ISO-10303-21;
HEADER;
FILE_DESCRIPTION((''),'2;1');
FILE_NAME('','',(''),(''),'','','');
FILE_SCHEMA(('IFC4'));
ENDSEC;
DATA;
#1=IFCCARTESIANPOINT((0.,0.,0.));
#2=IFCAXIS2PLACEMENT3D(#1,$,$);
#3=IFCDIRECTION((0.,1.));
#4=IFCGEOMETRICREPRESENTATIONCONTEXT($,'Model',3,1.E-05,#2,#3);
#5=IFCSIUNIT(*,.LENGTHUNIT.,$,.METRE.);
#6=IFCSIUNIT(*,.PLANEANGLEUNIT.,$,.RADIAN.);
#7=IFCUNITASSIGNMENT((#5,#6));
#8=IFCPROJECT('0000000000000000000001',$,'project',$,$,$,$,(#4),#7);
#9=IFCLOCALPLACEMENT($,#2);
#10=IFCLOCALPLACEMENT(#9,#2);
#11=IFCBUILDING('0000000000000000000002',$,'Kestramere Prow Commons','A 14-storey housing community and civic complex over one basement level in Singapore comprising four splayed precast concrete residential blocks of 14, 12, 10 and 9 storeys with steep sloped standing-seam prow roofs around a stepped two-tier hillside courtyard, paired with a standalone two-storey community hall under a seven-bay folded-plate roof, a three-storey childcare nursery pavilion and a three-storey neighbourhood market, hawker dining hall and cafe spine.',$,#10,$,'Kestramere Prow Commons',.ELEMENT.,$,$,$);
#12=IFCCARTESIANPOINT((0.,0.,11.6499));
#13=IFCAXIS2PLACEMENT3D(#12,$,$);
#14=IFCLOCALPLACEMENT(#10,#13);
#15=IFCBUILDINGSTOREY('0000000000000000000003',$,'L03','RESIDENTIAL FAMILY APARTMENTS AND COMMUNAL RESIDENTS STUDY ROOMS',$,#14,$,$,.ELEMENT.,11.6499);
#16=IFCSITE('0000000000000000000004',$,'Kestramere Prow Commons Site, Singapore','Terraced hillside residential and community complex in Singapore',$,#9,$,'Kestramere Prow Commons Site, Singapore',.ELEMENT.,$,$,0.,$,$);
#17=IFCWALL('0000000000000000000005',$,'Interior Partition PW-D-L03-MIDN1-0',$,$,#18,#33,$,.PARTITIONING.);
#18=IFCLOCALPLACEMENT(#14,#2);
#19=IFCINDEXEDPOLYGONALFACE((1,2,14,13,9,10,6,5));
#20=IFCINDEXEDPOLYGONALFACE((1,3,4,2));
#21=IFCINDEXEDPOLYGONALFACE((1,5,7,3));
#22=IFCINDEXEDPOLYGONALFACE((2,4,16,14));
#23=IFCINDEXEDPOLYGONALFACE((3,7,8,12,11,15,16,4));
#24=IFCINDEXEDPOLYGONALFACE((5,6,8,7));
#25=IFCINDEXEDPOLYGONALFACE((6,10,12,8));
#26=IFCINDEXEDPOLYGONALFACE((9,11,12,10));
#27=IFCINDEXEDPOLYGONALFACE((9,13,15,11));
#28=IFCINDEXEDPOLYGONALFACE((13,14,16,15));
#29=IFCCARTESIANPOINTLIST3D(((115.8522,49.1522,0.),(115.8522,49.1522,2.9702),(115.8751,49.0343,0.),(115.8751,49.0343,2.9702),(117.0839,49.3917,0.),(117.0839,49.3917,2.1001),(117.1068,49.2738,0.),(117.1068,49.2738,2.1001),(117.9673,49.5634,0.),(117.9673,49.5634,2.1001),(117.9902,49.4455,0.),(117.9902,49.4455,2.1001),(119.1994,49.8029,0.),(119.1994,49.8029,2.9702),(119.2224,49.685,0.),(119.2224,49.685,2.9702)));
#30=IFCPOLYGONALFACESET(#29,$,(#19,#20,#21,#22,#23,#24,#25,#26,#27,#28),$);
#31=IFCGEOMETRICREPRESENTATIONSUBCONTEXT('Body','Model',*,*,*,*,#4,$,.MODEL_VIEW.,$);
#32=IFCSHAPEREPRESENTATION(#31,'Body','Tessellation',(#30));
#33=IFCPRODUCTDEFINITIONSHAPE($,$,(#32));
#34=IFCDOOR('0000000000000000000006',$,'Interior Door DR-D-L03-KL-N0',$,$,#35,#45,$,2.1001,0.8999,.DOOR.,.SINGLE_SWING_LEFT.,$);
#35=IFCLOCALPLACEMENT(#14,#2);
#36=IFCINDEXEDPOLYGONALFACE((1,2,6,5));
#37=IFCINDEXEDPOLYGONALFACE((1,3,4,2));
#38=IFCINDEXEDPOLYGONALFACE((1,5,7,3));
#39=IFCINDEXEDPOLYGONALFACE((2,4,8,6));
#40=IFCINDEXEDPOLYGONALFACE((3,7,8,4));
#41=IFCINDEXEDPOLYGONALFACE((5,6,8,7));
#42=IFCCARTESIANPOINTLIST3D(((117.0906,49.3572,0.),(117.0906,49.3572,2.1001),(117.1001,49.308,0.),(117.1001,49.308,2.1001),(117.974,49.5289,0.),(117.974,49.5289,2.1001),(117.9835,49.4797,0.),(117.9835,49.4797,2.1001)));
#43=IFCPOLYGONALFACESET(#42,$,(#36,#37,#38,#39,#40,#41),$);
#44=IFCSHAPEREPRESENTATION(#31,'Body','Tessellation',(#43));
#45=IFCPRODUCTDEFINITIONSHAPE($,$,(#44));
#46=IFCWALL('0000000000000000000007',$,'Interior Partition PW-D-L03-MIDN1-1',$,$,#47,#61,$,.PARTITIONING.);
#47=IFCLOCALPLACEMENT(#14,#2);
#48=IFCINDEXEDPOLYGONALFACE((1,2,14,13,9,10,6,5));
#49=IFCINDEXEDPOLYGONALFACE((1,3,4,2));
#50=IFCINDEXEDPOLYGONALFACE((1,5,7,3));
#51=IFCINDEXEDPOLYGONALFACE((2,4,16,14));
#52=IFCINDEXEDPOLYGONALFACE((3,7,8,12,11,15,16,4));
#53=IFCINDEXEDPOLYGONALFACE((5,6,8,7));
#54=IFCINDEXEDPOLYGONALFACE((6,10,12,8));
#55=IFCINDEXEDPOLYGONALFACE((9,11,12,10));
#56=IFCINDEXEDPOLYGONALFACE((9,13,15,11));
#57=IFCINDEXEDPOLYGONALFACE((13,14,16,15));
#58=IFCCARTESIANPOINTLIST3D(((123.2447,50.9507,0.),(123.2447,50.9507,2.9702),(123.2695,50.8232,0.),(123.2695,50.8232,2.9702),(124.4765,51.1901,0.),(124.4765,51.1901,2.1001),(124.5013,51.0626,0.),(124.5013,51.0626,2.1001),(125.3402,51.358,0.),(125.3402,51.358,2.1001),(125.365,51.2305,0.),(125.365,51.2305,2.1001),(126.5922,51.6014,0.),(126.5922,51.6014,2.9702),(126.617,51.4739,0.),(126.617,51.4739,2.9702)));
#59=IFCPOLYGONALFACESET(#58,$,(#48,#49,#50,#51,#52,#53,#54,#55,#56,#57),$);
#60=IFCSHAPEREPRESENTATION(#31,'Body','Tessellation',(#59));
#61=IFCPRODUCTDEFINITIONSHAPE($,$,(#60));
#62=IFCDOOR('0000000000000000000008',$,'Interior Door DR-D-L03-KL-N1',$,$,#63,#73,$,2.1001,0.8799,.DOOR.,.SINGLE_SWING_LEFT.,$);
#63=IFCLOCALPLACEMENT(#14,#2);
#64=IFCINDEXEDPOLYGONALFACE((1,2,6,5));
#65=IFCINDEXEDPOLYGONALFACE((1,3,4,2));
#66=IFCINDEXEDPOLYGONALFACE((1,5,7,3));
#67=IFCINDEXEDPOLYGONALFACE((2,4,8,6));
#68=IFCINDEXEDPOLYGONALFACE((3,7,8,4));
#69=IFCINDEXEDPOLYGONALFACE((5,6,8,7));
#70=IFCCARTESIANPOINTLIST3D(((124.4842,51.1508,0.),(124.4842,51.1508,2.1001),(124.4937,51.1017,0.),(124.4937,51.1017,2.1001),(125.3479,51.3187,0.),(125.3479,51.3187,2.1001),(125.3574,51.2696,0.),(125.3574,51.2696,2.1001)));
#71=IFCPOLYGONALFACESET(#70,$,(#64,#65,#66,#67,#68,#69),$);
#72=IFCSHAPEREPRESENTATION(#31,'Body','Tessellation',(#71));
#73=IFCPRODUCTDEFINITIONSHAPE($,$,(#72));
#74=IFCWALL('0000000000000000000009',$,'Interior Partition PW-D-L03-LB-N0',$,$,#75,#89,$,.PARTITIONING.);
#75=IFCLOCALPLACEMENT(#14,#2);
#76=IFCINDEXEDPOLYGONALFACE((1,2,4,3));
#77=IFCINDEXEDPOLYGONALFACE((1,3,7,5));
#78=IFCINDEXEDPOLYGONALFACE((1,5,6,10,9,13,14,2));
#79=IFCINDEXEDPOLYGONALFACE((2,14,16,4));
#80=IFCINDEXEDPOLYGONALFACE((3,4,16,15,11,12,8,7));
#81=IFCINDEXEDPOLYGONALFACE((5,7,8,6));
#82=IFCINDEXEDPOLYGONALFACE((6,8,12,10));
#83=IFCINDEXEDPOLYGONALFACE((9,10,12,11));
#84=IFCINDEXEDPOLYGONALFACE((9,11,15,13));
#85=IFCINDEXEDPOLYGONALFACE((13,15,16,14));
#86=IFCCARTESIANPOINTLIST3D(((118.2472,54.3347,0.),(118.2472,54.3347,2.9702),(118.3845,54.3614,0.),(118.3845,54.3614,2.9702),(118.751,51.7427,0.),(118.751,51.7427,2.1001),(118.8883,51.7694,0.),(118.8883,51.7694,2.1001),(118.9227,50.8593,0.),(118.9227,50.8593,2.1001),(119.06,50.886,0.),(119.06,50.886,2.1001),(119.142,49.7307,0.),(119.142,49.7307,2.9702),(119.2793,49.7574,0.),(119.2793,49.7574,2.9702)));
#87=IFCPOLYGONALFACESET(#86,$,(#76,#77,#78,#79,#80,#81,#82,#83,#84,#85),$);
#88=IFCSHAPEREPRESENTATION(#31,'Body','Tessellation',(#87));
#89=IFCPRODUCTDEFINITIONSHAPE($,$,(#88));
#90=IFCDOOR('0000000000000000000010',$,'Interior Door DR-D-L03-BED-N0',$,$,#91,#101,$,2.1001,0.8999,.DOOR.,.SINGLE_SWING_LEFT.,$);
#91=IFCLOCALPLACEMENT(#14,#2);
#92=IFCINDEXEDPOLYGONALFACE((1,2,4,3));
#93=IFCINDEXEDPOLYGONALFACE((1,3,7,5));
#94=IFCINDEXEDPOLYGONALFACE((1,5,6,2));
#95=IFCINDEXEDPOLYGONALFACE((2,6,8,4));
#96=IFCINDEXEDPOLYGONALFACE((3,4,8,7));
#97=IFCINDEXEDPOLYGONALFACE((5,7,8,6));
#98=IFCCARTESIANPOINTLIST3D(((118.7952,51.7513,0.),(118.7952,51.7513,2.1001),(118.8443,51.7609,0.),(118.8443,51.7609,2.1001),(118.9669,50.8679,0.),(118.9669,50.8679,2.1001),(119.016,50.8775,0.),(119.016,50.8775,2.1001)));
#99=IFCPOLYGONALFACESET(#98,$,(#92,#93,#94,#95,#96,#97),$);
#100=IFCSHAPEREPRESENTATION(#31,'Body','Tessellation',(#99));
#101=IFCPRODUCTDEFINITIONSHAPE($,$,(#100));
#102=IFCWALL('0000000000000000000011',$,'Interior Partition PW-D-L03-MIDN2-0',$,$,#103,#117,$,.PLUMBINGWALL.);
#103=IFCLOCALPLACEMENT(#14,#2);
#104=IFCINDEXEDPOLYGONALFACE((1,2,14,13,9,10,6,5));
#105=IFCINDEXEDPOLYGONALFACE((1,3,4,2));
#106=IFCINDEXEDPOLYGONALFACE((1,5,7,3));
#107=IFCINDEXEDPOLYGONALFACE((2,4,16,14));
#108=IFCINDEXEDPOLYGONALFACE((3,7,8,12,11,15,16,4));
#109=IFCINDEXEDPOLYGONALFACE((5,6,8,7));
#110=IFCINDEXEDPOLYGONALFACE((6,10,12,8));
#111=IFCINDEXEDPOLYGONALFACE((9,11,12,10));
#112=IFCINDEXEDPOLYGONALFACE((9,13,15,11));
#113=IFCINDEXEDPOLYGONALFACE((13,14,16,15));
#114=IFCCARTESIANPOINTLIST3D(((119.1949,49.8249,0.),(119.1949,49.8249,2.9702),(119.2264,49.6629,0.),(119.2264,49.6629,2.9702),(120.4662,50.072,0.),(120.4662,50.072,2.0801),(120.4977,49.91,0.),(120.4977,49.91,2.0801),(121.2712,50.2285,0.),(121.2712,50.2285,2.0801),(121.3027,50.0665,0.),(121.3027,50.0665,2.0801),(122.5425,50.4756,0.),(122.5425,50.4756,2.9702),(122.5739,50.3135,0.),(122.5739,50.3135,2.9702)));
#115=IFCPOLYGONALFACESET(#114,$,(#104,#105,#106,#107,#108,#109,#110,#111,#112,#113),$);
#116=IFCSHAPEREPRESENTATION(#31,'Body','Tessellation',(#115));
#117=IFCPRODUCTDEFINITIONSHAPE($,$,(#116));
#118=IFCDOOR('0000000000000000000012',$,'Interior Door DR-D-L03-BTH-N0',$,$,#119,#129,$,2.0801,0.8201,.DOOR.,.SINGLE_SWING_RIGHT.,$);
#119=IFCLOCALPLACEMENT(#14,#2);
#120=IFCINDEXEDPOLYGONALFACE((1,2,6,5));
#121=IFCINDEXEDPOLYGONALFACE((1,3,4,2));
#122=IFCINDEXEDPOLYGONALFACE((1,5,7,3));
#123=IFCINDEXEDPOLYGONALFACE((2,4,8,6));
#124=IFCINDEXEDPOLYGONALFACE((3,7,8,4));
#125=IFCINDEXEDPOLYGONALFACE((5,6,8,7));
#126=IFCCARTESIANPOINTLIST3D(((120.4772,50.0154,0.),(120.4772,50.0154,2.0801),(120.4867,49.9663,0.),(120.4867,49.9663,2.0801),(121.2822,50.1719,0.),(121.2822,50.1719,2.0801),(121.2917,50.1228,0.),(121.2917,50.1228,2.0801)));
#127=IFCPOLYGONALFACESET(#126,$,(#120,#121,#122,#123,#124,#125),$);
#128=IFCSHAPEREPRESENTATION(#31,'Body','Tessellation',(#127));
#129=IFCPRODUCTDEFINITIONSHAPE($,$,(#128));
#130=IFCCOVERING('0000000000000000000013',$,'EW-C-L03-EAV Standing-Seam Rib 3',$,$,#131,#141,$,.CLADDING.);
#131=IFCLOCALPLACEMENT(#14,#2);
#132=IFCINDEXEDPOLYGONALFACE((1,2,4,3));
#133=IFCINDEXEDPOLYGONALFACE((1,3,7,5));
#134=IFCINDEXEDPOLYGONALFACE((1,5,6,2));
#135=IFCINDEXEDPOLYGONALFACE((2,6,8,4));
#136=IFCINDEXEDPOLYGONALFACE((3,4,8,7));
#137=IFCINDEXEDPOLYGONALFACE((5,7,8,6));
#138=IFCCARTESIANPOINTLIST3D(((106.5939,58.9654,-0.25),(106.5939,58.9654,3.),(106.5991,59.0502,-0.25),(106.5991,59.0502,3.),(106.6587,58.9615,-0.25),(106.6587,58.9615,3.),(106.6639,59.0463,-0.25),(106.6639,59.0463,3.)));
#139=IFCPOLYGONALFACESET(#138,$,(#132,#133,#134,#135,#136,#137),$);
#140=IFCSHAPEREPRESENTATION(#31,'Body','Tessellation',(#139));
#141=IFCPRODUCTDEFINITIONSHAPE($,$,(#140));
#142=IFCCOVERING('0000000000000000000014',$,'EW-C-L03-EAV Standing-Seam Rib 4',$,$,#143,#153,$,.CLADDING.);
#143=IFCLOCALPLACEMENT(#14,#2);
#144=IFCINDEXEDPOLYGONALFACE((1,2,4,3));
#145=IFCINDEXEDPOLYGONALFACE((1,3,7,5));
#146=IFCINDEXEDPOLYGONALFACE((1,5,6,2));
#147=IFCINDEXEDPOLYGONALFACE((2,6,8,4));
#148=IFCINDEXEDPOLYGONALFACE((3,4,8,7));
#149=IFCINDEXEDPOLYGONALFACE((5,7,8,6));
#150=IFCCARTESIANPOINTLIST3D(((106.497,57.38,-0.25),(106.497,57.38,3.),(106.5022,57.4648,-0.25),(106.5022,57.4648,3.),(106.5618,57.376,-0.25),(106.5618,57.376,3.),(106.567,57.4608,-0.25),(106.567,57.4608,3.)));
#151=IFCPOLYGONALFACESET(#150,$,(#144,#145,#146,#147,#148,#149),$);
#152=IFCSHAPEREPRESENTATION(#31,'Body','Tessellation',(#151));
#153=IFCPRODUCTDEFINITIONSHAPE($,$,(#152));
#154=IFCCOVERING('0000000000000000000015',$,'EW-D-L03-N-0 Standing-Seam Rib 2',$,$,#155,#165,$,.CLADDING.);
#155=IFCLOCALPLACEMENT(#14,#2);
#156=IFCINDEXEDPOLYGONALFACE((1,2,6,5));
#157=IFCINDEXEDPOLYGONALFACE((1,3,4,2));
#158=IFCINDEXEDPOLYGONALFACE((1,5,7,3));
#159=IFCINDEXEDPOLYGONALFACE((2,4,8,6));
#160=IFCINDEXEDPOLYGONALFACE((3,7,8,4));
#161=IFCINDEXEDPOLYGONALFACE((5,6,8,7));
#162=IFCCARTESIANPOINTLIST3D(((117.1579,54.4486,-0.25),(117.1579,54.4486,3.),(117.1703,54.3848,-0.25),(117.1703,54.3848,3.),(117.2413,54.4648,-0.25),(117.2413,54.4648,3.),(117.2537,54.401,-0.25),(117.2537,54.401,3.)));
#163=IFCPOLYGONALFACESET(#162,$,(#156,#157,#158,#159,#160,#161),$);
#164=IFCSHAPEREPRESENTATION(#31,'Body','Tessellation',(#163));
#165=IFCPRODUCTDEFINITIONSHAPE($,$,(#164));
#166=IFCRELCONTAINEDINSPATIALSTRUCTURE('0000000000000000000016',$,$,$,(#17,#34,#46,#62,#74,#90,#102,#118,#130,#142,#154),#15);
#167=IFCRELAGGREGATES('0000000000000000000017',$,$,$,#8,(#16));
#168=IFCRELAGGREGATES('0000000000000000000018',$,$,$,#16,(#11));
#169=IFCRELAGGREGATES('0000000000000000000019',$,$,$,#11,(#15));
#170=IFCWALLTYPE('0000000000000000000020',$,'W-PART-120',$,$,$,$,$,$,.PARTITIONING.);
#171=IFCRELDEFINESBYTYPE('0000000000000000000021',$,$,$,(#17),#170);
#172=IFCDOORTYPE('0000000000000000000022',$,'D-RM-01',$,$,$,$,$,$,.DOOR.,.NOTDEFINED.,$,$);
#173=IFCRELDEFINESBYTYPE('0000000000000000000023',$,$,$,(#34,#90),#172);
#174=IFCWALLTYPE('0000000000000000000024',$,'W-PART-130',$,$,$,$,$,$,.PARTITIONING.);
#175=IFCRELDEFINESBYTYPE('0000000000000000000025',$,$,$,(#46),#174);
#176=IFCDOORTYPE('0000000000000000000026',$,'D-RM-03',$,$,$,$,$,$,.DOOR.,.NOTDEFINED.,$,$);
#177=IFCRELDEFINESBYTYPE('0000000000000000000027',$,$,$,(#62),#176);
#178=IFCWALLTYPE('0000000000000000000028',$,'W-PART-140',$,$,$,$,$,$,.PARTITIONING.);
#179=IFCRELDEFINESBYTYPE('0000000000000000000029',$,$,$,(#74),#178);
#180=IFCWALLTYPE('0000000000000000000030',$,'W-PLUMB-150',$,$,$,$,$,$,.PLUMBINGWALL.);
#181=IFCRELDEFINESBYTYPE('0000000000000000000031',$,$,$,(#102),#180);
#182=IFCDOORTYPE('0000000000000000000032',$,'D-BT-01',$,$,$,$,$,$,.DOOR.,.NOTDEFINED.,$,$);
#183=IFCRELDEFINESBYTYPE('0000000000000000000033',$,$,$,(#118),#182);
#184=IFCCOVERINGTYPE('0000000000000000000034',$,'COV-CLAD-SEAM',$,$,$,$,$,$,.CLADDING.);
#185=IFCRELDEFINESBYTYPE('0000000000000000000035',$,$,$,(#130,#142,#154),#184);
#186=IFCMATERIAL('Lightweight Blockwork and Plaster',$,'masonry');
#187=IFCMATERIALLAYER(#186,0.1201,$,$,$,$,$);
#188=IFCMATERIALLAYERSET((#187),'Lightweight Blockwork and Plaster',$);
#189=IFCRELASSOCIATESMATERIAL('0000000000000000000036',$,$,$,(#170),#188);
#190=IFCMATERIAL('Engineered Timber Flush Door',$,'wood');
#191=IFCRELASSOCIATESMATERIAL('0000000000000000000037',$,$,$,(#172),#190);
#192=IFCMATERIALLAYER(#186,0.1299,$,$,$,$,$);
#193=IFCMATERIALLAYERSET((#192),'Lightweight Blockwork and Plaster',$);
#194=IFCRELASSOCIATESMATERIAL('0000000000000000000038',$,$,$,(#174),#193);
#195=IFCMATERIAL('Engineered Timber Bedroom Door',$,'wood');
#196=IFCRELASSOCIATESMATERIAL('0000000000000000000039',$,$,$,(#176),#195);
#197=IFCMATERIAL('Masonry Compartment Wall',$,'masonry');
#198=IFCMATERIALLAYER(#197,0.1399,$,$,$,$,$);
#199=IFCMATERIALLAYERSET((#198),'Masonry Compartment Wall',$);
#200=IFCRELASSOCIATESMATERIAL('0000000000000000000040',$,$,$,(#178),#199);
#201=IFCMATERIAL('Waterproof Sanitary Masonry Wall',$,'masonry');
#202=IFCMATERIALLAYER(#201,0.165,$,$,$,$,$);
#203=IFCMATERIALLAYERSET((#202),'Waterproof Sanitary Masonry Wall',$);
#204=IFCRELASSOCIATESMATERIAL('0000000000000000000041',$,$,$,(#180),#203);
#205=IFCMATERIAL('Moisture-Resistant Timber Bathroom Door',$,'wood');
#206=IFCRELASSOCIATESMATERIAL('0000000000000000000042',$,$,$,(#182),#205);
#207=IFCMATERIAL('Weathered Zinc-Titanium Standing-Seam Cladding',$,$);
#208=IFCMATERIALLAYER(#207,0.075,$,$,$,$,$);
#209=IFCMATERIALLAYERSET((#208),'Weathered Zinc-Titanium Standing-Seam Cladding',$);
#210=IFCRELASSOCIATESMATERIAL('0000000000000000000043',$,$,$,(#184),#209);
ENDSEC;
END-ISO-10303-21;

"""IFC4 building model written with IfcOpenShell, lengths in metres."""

from ifc_helpers import new_model, si_unit, direction, frame, frame_2d, origin, origin_2d, place, context, subcontext, project, spatial, rectangle, extrude, material, layer, layer_set, type_object, element, fill, save


model = new_model("IFC4")

# Units and contexts
model_context = context("Model", 3, precision=1e-05, world=origin(), true_north=direction((0.0, 1.0)))
body_context = subcontext(model_context, "Body", "Model", "MODEL_VIEW")
ifc_project = project(units=[si_unit("LENGTHUNIT", "METRE"), si_unit("PLANEANGLEUNIT", "RADIAN")], contexts=[model_context])

# Site, building, storey
site_placement = place(None, origin())
site = spatial("IfcSite", under=ifc_project, at=site_placement, Name="Kestramere Prow Commons Site, Singapore", Description="Terraced hillside residential and community complex in Singapore", LongName="Kestramere Prow Commons Site, Singapore", CompositionType="ELEMENT", RefElevation=0.0)
building_placement = place(site_placement, origin())
building = spatial("IfcBuilding", under=site, at=building_placement, Name="Kestramere Prow Commons", Description="A 14-storey housing community and civic complex over one basement level in Singapore comprising four splayed precast concrete residential blocks of 14, 12, 10 and 9 storeys with steep sloped standing-seam prow roofs around a stepped two-tier hillside courtyard, paired with a standalone two-storey community hall under a seven-bay folded-plate roof, a three-storey childcare nursery pavilion and a three-storey neighbourhood market, hawker dining hall and cafe spine.", LongName="Kestramere Prow Commons", CompositionType="ELEMENT")
storey_placement = place(building_placement, frame((0.0, 0.0, 11.6499)))
storey = spatial("IfcBuildingStorey", under=building, at=storey_placement, Name="L03", Description="RESIDENTIAL FAMILY APARTMENTS AND COMMUNAL RESIDENTS STUDY ROOMS", CompositionType="ELEMENT", Elevation=11.6499)

# Walls, openings, doors
ifc_material_1 = material(Name="Lightweight Blockwork and Plaster", Category="masonry")
ifc_layer_1 = layer(ifc_material_1, 0.1201)
ifc_layer_set_1 = layer_set([ifc_layer_1], Name="Lightweight Blockwork and Plaster")
wall_type_1 = type_object("IfcWallType", Name="W-PART-120", PredefinedType="PARTITIONING", material=ifc_layer_set_1)
wall_1_placement = place(storey_placement, frame((115.8635, 49.0933, 0.0), z_axis=(0.0, 0.0, 1.0), x_axis=(0.981627, 0.190812, 0.0)))
wall_1 = element("IfcWall", 1, at=wall_1_placement, inside=storey, type_object=wall_type_1, Name="Interior Partition PW-D-L03-MIDN1-0", PredefinedType="PARTITIONING", context=body_context, shape_type="SweptSolid", body=[
    extrude(rectangle(XDim=3.4099, YDim=0.1201, at=frame_2d((1.7051, 0.0))), origin(), (0.0, 0.0, 1.0), 2.9702),
])
opening_1_placement = place(wall_1_placement, frame((1.2549, 0.0, 0.0)))
opening_1 = element("IfcOpeningElement", 2, at=opening_1_placement, cuts=wall_1, PredefinedType="OPENING", context=body_context, shape_type="SweptSolid", body=[
    extrude(rectangle(XDim=0.8999, YDim=2.1001, at=frame_2d((0.45, 1.05))), frame((0.0, 0.075, 0.0), z_axis=(0.0, -1.0, 0.0), x_axis=(1.0, 0.0, 0.0)), (0.0, 0.0, 1.0), 0.1501),
])
ifc_material_2 = material(Name="Engineered Timber Flush Door", Category="wood")
door_type_1 = type_object("IfcDoorType", Name="D-RM-01", OperationType="NOTDEFINED", PredefinedType="DOOR", material=ifc_material_2)
door_1_placement = place(opening_1_placement, origin())
door_1 = element("IfcDoor", 3, at=door_1_placement, inside=storey, type_object=door_type_1, Name="Interior Door DR-D-L03-KL-N0", OperationType="SINGLE_SWING_LEFT", OverallHeight=2.1001, OverallWidth=0.8999, PredefinedType="DOOR", context=body_context, shape_type="SweptSolid", body=[
    extrude(rectangle(XDim=0.8999, YDim=2.1001, at=frame_2d((0.45, 1.05))), frame((0.0, 0.0249, 0.0), z_axis=(0.0, -1.0, 0.0), x_axis=(1.0, 0.0, 0.0)), (0.0, 0.0, 1.0), 0.05),
])
fill(opening_1, door_1)
ifc_layer_2 = layer(ifc_material_1, 0.1299)
ifc_layer_set_2 = layer_set([ifc_layer_2], Name="Lightweight Blockwork and Plaster")
wall_type_2 = type_object("IfcWallType", Name="W-PART-130", PredefinedType="PARTITIONING", material=ifc_layer_set_2)
wall_2_placement = place(storey_placement, frame((123.2571, 50.887, 0.0), z_axis=(0.0, 0.0, 1.0), x_axis=(0.981629, 0.190799, 0.0)))
wall_2 = element("IfcWall", 4, at=wall_2_placement, inside=storey, type_object=wall_type_2, Name="Interior Partition PW-D-L03-MIDN1-1", PredefinedType="PARTITIONING", context=body_context, shape_type="SweptSolid", body=[
    extrude(rectangle(XDim=3.4102, YDim=0.1299, at=frame_2d((1.7051, 0.0))), origin(), (0.0, 0.0, 1.0), 2.9702),
])
opening_2_placement = place(wall_2_placement, frame((1.2549, 0.0, 0.0)))
opening_2 = element("IfcOpeningElement", 5, at=opening_2_placement, cuts=wall_2, PredefinedType="OPENING", context=body_context, shape_type="SweptSolid", body=[
    extrude(rectangle(XDim=0.8799, YDim=2.1001, at=frame_2d((0.4399, 1.05))), frame((0.0, 0.0798, 0.0), z_axis=(0.0, -1.0, 0.0), x_axis=(1.0, 0.0, 0.0)), (0.0, 0.0, 1.0), 0.1599),
])
ifc_material_3 = material(Name="Engineered Timber Bedroom Door", Category="wood")
door_type_2 = type_object("IfcDoorType", Name="D-RM-03", OperationType="NOTDEFINED", PredefinedType="DOOR", material=ifc_material_3)
door_2_placement = place(opening_2_placement, origin())
door_2 = element("IfcDoor", 6, at=door_2_placement, inside=storey, type_object=door_type_2, Name="Interior Door DR-D-L03-KL-N1", OperationType="SINGLE_SWING_LEFT", OverallHeight=2.1001, OverallWidth=0.8799, PredefinedType="DOOR", context=body_context, shape_type="SweptSolid", body=[
    extrude(rectangle(XDim=0.8799, YDim=2.1001, at=frame_2d((0.4399, 1.05))), frame((0.0, 0.0249, 0.0), z_axis=(0.0, -1.0, 0.0), x_axis=(1.0, 0.0, 0.0)), (0.0, 0.0, 1.0), 0.05),
])
fill(opening_2, door_2)
ifc_material_4 = material(Name="Masonry Compartment Wall", Category="masonry")
ifc_layer_3 = layer(ifc_material_4, 0.1399)
ifc_layer_set_3 = layer_set([ifc_layer_3], Name="Masonry Compartment Wall")
wall_type_3 = type_object("IfcWallType", Name="W-PART-140", PredefinedType="PARTITIONING", material=ifc_layer_set_3)
wall_3_placement = place(storey_placement, frame((119.2107, 49.7439, 0.0), z_axis=(0.0, 0.0, 1.0), x_axis=(-0.190778, 0.981633, 0.0)))
wall_3 = element("IfcWall", 7, at=wall_3_placement, inside=storey, type_object=wall_type_3, Name="Interior Partition PW-D-L03-LB-N0", PredefinedType="PARTITIONING", context=body_context, shape_type="SweptSolid", body=[
    extrude(rectangle(XDim=4.6902, YDim=0.1399, at=frame_2d((2.3452, 0.0))), origin(), (0.0, 0.0, 1.0), 2.9702),
])
opening_3_placement = place(wall_3_placement, frame((1.1499, 0.0, 0.0)))
opening_3 = element("IfcOpeningElement", 8, at=opening_3_placement, cuts=wall_3, PredefinedType="OPENING", context=body_context, shape_type="SweptSolid", body=[
    extrude(rectangle(XDim=0.8999, YDim=2.1001, at=frame_2d((0.45, 1.05))), frame((0.0, 0.085, 0.0), z_axis=(0.0, -1.0, 0.0), x_axis=(1.0, 0.0, 0.0)), (0.0, 0.0, 1.0), 0.1699),
])
door_3_placement = place(opening_3_placement, origin())
door_3 = element("IfcDoor", 9, at=door_3_placement, inside=storey, type_object=door_type_1, Name="Interior Door DR-D-L03-BED-N0", OperationType="SINGLE_SWING_LEFT", OverallHeight=2.1001, OverallWidth=0.8999, PredefinedType="DOOR", context=body_context, shape_type="SweptSolid", body=[
    extrude(rectangle(XDim=0.8999, YDim=2.1001, at=frame_2d((0.45, 1.05))), frame((0.0, 0.0249, 0.0), z_axis=(0.0, -1.0, 0.0), x_axis=(1.0, 0.0, 0.0)), (0.0, 0.0, 1.0), 0.05),
])
fill(opening_3, door_3)
ifc_material_5 = material(Name="Waterproof Sanitary Masonry Wall", Category="masonry")
ifc_layer_4 = layer(ifc_material_5, 0.165)
ifc_layer_set_4 = layer_set([ifc_layer_4], Name="Waterproof Sanitary Masonry Wall")
wall_type_4 = type_object("IfcWallType", Name="W-PLUMB-150", PredefinedType="PLUMBINGWALL", material=ifc_layer_set_4)
wall_4_placement = place(storey_placement, frame((119.2107, 49.7439, 0.0), z_axis=(0.0, 0.0, 1.0), x_axis=(0.981629, 0.190799, 0.0)))
wall_4 = element("IfcWall", 10, at=wall_4_placement, inside=storey, type_object=wall_type_4, Name="Interior Partition PW-D-L03-MIDN2-0", PredefinedType="PLUMBINGWALL", context=body_context, shape_type="SweptSolid", body=[
    extrude(rectangle(XDim=3.4102, YDim=0.165, at=frame_2d((1.7051, 0.0))), origin(), (0.0, 0.0, 1.0), 2.9702),
])
opening_4_placement = place(wall_4_placement, frame((1.2949, 0.0, 0.0)))
opening_4 = element("IfcOpeningElement", 11, at=opening_4_placement, cuts=wall_4, PredefinedType="OPENING", context=body_context, shape_type="SweptSolid", body=[
    extrude(rectangle(XDim=0.8201, YDim=2.0801, at=frame_2d((0.4102, 1.04))), frame((0.0, 0.0974, 0.0), z_axis=(0.0, -1.0, 0.0), x_axis=(1.0, 0.0, 0.0)), (0.0, 0.0, 1.0), 0.1951),
])
ifc_material_6 = material(Name="Moisture-Resistant Timber Bathroom Door", Category="wood")
door_type_3 = type_object("IfcDoorType", Name="D-BT-01", OperationType="NOTDEFINED", PredefinedType="DOOR", material=ifc_material_6)
door_4_placement = place(opening_4_placement, origin())
door_4 = element("IfcDoor", 12, at=door_4_placement, inside=storey, type_object=door_type_3, Name="Interior Door DR-D-L03-BTH-N0", OperationType="SINGLE_SWING_RIGHT", OverallHeight=2.0801, OverallWidth=0.8201, PredefinedType="DOOR", context=body_context, shape_type="SweptSolid", body=[
    extrude(rectangle(XDim=0.8201, YDim=2.0801, at=frame_2d((0.4102, 1.04))), frame((0.0, 0.0249, 0.0), z_axis=(0.0, -1.0, 0.0), x_axis=(1.0, 0.0, 0.0)), (0.0, 0.0, 1.0), 0.05),
])
fill(opening_4, door_4)

# Coverings
ifc_material_7 = material(Name="Weathered Zinc-Titanium Standing-Seam Cladding")
ifc_layer_5 = layer(ifc_material_7, 0.075)
ifc_layer_set_5 = layer_set([ifc_layer_5], Name="Weathered Zinc-Titanium Standing-Seam Cladding")
covering_type = type_object("IfcCoveringType", Name="COV-CLAD-SEAM", PredefinedType="CLADDING", material=ifc_layer_set_5)
for number, where, z_axis, x_axis, name in (
    (13, (106.6289, 59.0059, -0.25), (0.0, 0.0, 1.0), (-0.061049, -0.998135, 0.0), "EW-C-L03-EAV Standing-Seam Rib 3"),
    (14, (106.532, 57.4204, -0.25), (0.0, 0.0, 1.0), (-0.061049, -0.998135, 0.0), "EW-C-L03-EAV Standing-Seam Rib 4"),
    (15, (117.2058, 54.4248, -0.25), (0.0, 0.0, 1.0), (0.981627, 0.190809, 0.0), "EW-D-L03-N-0 Standing-Seam Rib 2"),
):
    element("IfcCovering", number, at=place(storey_placement, frame(where, z_axis=z_axis, x_axis=x_axis)), inside=storey, type_object=covering_type, Name=name, PredefinedType="CLADDING", context=body_context, shape_type="SweptSolid", body=[
        extrude(rectangle(XDim=0.085, YDim=0.0649, at=origin_2d()), origin(), (0.0, 0.0, 1.0), 3.25),
    ])

save(model, "model.ifc")
